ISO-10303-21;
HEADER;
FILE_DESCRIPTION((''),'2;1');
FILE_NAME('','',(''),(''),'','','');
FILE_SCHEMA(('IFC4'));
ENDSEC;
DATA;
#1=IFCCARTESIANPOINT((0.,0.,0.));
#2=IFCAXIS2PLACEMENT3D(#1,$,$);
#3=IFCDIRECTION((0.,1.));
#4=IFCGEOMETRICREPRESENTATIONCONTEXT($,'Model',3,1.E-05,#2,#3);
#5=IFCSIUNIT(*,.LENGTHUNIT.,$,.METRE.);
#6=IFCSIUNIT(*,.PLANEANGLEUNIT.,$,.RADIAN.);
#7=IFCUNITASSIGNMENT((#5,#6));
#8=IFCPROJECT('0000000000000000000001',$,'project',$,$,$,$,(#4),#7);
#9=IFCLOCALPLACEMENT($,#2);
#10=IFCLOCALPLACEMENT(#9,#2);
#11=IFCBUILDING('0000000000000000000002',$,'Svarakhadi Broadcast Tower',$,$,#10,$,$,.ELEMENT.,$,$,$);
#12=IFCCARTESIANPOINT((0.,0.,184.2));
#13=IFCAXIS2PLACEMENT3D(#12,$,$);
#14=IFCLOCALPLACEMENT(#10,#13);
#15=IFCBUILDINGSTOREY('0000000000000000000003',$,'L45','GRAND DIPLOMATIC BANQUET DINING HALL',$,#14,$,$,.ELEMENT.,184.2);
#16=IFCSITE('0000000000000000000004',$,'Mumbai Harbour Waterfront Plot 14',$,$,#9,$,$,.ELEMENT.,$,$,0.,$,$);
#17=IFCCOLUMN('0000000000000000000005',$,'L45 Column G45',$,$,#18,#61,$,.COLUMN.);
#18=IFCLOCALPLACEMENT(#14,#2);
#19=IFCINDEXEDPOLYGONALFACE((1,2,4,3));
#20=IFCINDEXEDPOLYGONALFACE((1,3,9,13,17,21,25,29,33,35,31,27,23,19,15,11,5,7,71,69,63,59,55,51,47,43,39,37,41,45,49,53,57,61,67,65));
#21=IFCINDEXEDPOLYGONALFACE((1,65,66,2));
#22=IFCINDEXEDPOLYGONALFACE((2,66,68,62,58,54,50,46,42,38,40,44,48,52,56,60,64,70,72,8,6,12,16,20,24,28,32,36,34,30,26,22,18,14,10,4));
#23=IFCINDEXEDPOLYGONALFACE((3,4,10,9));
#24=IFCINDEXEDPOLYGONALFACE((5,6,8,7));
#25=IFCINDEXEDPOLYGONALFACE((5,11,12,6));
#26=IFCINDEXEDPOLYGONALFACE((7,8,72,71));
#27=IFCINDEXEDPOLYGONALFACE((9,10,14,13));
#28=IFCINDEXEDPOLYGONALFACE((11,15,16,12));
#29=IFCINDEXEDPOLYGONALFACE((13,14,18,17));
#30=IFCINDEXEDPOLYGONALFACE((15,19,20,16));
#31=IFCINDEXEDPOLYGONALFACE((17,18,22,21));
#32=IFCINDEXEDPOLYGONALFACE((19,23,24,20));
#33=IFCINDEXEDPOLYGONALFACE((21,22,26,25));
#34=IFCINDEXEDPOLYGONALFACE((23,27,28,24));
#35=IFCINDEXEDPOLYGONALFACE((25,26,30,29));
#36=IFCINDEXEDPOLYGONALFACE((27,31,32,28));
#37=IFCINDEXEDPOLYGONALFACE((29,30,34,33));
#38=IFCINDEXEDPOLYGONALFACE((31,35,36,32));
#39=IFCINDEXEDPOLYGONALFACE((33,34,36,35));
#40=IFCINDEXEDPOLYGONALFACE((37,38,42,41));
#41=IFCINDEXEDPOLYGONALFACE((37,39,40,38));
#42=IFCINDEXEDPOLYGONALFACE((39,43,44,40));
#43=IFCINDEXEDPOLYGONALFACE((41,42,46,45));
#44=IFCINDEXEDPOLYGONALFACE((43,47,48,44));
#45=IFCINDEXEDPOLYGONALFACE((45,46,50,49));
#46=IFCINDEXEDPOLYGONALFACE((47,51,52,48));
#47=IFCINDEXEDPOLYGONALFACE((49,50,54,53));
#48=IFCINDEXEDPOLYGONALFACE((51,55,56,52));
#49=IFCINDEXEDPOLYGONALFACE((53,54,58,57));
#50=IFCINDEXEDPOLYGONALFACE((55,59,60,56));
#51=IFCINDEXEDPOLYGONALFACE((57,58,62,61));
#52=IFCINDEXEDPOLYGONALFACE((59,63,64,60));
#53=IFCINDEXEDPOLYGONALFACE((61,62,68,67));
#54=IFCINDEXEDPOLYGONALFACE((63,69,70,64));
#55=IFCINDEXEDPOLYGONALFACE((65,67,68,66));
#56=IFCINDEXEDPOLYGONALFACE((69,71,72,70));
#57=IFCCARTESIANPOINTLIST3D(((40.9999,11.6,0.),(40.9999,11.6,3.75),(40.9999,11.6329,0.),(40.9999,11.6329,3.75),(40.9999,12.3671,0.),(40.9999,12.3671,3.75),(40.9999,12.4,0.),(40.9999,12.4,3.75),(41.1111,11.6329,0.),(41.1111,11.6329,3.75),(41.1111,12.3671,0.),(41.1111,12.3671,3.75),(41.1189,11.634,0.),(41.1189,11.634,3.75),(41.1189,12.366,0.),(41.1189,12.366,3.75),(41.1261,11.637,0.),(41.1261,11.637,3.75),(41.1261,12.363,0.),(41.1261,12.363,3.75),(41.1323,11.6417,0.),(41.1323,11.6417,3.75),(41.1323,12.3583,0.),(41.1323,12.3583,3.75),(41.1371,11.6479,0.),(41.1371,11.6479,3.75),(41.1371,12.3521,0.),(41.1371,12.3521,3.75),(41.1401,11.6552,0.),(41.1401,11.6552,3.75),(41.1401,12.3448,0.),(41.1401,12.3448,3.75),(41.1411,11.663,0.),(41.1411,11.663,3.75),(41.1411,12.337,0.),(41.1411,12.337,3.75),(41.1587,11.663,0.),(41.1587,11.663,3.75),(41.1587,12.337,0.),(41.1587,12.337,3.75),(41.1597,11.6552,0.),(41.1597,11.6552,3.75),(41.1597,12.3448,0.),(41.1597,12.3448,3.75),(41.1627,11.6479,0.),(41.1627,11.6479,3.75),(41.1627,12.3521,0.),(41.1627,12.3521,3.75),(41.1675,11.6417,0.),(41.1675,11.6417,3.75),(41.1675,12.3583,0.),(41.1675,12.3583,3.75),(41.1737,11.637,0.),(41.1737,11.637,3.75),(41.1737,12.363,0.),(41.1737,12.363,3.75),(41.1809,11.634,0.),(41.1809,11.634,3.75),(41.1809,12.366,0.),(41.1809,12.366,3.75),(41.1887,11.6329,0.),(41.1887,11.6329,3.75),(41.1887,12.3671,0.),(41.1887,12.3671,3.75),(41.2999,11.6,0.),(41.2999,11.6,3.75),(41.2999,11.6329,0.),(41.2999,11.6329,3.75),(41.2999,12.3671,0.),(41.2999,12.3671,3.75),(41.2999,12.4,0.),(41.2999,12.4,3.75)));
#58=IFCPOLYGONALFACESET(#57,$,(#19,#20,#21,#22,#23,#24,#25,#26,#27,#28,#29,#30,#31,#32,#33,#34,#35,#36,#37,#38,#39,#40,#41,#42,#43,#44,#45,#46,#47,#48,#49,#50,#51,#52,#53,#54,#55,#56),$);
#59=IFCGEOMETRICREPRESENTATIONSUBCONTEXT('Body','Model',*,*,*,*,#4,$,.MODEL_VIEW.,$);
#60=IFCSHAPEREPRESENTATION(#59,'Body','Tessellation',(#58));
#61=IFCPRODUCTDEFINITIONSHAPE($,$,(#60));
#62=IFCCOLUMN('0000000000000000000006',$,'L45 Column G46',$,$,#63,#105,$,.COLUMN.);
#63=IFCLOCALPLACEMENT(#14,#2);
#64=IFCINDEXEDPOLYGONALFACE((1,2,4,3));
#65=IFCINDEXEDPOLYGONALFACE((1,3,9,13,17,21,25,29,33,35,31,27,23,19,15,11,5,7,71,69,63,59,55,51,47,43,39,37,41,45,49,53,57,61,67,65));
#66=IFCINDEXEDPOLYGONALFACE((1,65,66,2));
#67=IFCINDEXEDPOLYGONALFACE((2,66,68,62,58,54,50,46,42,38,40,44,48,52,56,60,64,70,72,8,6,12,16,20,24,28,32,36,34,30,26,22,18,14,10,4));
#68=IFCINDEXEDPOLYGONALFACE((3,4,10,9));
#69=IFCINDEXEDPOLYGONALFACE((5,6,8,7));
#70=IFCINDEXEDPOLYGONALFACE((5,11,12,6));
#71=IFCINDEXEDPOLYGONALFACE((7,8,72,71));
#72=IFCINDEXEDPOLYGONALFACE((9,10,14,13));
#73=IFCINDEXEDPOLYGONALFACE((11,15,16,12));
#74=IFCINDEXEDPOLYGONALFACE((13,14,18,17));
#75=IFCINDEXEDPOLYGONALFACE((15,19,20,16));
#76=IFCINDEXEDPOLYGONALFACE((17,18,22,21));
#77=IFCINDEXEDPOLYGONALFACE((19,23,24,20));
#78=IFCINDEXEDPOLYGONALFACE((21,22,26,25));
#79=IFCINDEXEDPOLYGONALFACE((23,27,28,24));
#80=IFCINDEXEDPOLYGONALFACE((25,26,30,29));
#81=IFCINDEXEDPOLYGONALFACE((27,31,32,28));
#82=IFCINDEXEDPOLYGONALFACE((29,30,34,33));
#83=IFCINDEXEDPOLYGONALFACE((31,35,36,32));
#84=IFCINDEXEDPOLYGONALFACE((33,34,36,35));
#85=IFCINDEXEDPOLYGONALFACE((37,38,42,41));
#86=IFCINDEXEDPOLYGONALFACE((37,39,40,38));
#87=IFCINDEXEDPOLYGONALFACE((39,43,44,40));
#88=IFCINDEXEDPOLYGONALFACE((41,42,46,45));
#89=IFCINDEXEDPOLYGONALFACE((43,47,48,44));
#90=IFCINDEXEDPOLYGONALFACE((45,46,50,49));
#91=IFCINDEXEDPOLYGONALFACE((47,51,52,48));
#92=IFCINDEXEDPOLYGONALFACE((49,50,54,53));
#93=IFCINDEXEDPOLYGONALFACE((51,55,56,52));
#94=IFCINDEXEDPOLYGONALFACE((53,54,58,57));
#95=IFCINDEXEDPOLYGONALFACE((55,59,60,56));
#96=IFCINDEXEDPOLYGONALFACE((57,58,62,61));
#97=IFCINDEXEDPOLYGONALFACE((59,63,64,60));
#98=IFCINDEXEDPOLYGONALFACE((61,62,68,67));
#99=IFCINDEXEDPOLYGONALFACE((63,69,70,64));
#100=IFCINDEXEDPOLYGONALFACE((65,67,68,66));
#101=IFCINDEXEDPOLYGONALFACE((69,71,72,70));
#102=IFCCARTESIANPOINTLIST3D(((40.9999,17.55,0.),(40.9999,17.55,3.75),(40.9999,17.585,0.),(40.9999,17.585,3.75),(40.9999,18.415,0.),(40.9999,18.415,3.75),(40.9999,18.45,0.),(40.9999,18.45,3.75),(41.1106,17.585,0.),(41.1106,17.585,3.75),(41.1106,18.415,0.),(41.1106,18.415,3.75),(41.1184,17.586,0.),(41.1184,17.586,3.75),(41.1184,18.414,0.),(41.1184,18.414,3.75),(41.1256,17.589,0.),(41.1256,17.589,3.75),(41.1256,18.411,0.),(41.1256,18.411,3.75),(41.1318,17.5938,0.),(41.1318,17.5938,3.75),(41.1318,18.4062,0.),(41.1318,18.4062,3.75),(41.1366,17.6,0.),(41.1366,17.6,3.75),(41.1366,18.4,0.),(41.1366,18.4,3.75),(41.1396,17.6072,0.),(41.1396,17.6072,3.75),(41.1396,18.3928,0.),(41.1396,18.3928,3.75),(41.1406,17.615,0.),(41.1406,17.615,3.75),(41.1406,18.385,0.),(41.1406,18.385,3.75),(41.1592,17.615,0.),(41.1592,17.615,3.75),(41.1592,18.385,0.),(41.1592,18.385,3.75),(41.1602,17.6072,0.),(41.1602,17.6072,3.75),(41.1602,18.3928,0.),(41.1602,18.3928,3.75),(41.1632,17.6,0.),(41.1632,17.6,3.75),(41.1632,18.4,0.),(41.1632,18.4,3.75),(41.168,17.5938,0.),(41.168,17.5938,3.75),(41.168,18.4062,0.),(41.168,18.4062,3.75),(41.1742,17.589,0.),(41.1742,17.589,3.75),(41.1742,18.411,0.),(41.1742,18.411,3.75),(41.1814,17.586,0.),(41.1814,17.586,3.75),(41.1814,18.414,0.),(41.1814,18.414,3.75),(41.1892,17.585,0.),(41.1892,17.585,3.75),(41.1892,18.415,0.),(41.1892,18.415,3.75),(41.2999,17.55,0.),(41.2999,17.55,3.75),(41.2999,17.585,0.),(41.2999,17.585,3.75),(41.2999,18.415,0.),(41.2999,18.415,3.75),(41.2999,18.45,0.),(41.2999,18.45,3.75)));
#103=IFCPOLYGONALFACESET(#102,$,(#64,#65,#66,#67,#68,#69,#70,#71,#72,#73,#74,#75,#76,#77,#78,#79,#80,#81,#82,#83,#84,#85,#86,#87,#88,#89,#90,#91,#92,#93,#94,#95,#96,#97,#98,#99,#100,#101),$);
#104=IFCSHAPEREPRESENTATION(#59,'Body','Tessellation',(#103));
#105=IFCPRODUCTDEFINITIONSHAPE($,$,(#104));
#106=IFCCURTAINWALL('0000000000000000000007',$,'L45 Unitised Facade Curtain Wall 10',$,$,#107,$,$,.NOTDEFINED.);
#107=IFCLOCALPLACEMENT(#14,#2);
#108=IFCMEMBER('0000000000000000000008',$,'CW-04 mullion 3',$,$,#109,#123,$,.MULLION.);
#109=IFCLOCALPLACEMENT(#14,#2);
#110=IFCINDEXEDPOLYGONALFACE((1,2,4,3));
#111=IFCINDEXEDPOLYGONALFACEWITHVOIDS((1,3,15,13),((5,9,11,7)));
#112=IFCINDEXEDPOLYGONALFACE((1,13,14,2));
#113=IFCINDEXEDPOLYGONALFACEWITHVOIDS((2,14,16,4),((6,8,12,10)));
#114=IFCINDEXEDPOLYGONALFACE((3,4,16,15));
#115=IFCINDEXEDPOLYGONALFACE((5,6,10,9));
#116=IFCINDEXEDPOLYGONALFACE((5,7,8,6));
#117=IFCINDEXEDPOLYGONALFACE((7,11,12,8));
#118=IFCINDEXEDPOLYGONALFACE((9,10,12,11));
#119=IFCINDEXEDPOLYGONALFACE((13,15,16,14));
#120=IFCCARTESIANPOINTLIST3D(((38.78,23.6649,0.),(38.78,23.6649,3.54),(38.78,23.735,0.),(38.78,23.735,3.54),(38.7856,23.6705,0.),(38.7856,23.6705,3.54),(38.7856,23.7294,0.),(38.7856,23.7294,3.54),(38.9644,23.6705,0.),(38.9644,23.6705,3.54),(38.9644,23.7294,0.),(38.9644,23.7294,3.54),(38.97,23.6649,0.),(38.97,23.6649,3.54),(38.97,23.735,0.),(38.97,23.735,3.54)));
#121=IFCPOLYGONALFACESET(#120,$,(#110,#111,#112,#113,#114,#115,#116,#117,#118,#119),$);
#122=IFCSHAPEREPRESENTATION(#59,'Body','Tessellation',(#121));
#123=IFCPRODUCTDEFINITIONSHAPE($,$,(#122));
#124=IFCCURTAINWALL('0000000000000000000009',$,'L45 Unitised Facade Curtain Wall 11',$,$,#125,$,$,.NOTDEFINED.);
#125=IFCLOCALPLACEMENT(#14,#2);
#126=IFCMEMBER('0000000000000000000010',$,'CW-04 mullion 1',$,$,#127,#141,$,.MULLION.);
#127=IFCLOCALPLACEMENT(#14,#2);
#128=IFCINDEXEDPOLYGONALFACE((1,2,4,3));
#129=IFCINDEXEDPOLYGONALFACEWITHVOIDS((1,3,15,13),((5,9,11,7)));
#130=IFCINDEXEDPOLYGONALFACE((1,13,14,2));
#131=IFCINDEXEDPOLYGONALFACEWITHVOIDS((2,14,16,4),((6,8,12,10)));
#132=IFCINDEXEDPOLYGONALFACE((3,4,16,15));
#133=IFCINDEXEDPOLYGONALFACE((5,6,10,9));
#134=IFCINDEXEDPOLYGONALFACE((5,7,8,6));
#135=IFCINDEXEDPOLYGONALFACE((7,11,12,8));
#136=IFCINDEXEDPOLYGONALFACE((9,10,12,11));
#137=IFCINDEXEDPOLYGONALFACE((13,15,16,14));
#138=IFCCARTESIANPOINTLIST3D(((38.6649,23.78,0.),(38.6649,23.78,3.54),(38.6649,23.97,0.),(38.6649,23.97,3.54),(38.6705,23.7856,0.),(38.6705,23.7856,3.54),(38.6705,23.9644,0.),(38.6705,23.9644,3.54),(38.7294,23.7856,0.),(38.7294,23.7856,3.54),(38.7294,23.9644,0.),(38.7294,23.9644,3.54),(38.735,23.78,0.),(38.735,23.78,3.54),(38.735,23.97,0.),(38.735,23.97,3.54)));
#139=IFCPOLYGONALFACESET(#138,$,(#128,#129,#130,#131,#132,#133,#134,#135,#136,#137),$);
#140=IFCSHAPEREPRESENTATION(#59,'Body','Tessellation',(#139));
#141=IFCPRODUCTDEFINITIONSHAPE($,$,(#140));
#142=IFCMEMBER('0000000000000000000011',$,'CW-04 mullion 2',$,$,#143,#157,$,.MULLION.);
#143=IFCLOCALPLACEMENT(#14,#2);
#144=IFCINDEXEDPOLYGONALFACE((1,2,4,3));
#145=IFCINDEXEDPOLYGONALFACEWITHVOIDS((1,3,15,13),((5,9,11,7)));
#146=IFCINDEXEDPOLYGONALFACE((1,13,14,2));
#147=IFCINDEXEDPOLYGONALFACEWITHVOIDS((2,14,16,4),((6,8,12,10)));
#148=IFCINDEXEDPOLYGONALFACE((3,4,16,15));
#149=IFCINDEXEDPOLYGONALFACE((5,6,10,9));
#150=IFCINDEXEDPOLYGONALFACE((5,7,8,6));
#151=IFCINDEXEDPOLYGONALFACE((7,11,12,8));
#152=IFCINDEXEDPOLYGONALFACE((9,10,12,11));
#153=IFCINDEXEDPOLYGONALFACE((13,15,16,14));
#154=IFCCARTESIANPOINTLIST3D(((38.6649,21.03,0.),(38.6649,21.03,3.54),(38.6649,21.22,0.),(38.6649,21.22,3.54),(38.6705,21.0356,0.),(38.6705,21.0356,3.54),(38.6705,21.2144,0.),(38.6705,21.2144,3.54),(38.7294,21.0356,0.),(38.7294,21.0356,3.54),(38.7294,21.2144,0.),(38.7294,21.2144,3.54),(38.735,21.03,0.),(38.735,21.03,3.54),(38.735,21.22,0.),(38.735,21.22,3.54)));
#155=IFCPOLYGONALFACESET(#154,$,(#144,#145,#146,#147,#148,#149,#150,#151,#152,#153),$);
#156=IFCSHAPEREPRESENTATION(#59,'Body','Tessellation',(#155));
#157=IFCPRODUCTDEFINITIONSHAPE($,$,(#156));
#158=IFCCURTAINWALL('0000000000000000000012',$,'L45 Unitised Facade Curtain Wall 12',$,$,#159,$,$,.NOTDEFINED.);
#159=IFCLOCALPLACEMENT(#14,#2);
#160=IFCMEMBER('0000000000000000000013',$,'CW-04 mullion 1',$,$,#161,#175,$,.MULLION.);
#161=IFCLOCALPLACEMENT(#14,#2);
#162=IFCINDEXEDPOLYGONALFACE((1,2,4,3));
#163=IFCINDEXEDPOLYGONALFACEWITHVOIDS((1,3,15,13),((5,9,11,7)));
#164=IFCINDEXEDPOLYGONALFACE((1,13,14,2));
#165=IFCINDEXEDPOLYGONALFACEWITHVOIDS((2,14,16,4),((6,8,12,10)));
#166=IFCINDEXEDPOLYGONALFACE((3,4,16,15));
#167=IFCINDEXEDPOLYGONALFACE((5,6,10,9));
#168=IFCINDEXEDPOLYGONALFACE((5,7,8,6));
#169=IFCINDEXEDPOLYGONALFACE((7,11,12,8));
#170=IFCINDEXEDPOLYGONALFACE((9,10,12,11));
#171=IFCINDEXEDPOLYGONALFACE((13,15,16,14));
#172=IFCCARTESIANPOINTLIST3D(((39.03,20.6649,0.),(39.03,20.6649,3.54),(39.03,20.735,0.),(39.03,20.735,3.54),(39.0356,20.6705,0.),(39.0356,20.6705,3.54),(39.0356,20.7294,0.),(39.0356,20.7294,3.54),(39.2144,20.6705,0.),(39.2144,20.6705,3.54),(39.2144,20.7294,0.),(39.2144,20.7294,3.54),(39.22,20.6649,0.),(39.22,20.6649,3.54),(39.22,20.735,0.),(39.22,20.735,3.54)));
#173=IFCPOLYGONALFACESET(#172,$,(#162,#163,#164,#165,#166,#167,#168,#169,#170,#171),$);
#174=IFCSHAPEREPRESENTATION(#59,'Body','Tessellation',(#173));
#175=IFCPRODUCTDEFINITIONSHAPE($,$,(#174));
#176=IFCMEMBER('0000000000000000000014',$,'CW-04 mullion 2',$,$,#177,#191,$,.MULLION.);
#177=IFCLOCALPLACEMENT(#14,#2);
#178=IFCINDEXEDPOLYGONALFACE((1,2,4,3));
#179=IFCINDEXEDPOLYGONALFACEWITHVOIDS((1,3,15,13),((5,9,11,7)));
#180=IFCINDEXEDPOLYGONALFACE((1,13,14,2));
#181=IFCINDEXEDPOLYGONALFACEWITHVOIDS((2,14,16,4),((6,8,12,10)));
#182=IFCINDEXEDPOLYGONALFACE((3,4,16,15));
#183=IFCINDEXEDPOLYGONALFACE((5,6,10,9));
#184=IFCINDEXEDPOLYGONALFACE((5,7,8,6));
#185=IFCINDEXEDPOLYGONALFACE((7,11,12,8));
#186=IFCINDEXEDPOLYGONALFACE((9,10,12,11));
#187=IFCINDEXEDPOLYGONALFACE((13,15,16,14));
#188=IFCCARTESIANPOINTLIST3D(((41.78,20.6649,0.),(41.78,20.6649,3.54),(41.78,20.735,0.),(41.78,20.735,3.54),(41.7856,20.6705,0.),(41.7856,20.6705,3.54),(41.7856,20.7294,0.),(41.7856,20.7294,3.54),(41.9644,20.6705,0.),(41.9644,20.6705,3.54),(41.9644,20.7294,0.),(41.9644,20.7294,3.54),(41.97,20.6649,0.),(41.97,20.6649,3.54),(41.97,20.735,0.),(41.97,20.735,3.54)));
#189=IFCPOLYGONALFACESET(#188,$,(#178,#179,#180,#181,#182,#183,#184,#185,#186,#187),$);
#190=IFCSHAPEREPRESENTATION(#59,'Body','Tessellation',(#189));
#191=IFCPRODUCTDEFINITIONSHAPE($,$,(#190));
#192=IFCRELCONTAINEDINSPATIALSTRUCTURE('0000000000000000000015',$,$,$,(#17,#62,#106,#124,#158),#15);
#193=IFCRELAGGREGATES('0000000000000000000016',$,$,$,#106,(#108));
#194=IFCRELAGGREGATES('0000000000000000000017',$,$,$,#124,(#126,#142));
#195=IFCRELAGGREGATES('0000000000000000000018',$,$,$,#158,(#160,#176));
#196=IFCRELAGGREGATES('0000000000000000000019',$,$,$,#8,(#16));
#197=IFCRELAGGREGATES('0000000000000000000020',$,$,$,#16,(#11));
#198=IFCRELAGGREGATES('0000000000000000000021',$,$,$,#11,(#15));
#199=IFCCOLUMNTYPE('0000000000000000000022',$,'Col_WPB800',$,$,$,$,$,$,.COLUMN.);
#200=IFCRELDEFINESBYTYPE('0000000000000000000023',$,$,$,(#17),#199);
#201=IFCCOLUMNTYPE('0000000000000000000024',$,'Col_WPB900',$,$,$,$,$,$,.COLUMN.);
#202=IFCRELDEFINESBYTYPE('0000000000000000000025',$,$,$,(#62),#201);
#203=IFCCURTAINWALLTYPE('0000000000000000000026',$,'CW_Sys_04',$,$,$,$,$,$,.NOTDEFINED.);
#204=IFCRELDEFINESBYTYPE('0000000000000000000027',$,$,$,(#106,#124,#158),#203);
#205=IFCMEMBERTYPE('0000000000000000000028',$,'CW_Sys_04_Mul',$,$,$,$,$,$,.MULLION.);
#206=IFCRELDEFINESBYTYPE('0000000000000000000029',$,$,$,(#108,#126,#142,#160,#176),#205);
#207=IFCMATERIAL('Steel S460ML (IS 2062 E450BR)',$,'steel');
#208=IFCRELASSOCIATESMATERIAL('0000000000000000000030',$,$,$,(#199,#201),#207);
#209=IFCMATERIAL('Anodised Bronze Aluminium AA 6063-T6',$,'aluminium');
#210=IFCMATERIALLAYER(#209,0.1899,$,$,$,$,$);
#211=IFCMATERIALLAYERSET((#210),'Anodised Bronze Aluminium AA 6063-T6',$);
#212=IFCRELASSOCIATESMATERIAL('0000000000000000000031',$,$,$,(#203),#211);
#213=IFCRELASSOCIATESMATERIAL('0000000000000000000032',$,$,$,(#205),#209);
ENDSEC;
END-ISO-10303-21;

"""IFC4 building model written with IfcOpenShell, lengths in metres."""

from ifc_helpers import new_model, si_unit, direction, frame, origin, origin_2d, place, context, subcontext, project, spatial, hollow_rectangle, i_section, extrude, material, layer, layer_set, material_profile, profile_set, type_object, element, aggregate, save


model = new_model("IFC4")

# Units and contexts
model_context = context("Model", 3, precision=1e-05, world=origin(), true_north=direction((0.0, 1.0)))
body_context = subcontext(model_context, "Body", "Model", "MODEL_VIEW")
ifc_project = project(units=[si_unit("LENGTHUNIT", "METRE"), si_unit("PLANEANGLEUNIT", "RADIAN")], contexts=[model_context])

# Site, building, storey
site_placement = place(None, origin())
site = spatial("IfcSite", under=ifc_project, at=site_placement, Name="Mumbai Harbour Waterfront Plot 14", CompositionType="ELEMENT", RefElevation=0.0)
building_placement = place(site_placement, origin())
building = spatial("IfcBuilding", under=site, at=building_placement, Name="Svarakhadi Broadcast Tower", CompositionType="ELEMENT")
storey_placement = place(building_placement, frame((0.0, 0.0, 184.2)))
storey = spatial("IfcBuildingStorey", under=building, at=storey_placement, Name="L45", Description="GRAND DIPLOMATIC BANQUET DINING HALL", CompositionType="ELEMENT", Elevation=184.2)

# Columns
ifc_material_1 = material(Name="Steel S460ML (IS 2062 E450BR)", Category="steel")
ifc_material_profile_1 = material_profile(ifc_material_1, i_section(OverallWidth=0.3, OverallDepth=0.8, WebThickness=0.0176, FlangeThickness=0.033, FilletRadius=0.03, at=origin_2d()), Name="WPB 800x300x262")
ifc_profile_set_1 = profile_set([ifc_material_profile_1], Name="Steel S460ML (IS 2062 E450BR)")
column_type_1 = type_object("IfcColumnType", Name="Col_WPB800", PredefinedType="COLUMN", material=ifc_profile_set_1)
column_1_placement = place(storey_placement, frame((41.1499, 12.0, 0.0), z_axis=(0.0, 0.0, 1.0), x_axis=(1.0, 0.0, 0.0)))
element("IfcColumn", 1, at=column_1_placement, inside=storey, type_object=column_type_1, Name="L45 Column G45", PredefinedType="COLUMN", context=body_context, shape_type="SweptSolid", body=[
    extrude(i_section(OverallWidth=0.3, OverallDepth=0.8, WebThickness=0.0176, FlangeThickness=0.033, FilletRadius=0.03, at=origin_2d()), origin(), (0.0, 0.0, 1.0), 3.75),
])
ifc_material_profile_2 = material_profile(ifc_material_1, i_section(OverallWidth=0.3, OverallDepth=0.8999, WebThickness=0.0186, FlangeThickness=0.0349, FilletRadius=0.03, at=origin_2d()), Name="WPB 900x300x291")
ifc_profile_set_2 = profile_set([ifc_material_profile_2], Name="Steel S460ML (IS 2062 E450BR)")
column_type_2 = type_object("IfcColumnType", Name="Col_WPB900", PredefinedType="COLUMN", material=ifc_profile_set_2)
column_2_placement = place(storey_placement, frame((41.1499, 18.0, 0.0), z_axis=(0.0, 0.0, 1.0), x_axis=(1.0, 0.0, 0.0)))
element("IfcColumn", 2, at=column_2_placement, inside=storey, type_object=column_type_2, Name="L45 Column G46", PredefinedType="COLUMN", context=body_context, shape_type="SweptSolid", body=[
    extrude(i_section(OverallWidth=0.3, OverallDepth=0.8999, WebThickness=0.0186, FlangeThickness=0.0349, FilletRadius=0.03, at=origin_2d()), origin(), (0.0, 0.0, 1.0), 3.75),
])

# Curtain wall, member
ifc_material_2 = material(Name="Anodised Bronze Aluminium AA 6063-T6", Category="aluminium")
ifc_layer_1 = layer(ifc_material_2, 0.1899)
ifc_layer_set_1 = layer_set([ifc_layer_1], Name="Anodised Bronze Aluminium AA 6063-T6")
curtain_wall_type = type_object("IfcCurtainWallType", Name="CW_Sys_04", PredefinedType="NOTDEFINED", material=ifc_layer_set_1)
curtain_wall_1_placement = place(storey_placement, origin())
curtain_wall_1 = element("IfcCurtainWall", 3, at=curtain_wall_1_placement, inside=storey, type_object=curtain_wall_type, Name="L45 Unitised Facade Curtain Wall 10", PredefinedType="NOTDEFINED")
ifc_material_profile_3 = material_profile(ifc_material_2, hollow_rectangle(XDim=0.0701, YDim=0.1899, WallThickness=0.0056, at=origin_2d()), Name="ALU MULLION 190x70x6")
ifc_profile_set_3 = profile_set([ifc_material_profile_3], Name="Anodised Bronze Aluminium AA 6063-T6")
member_type_1 = type_object("IfcMemberType", Name="CW_Sys_04_Mul", PredefinedType="MULLION", material=ifc_profile_set_3)
member_1_placement = place(storey_placement, frame((38.875, 23.7, 0.0), z_axis=(0.0, 0.0, 1.0), x_axis=(0.0, 1.0, 0.0)))
member_1 = element("IfcMember", 4, at=member_1_placement, type_object=member_type_1, Name="CW-04 mullion 3", PredefinedType="MULLION", context=body_context, shape_type="SweptSolid", body=[
    extrude(hollow_rectangle(XDim=0.0701, YDim=0.1899, WallThickness=0.0056, at=origin_2d()), origin(), (0.0, 0.0, 1.0), 3.54),
])
aggregate(curtain_wall_1, [member_1])

# Curtain walls, members
curtain_wall_2_placement = place(storey_placement, origin())
curtain_wall_2 = element("IfcCurtainWall", 5, at=curtain_wall_2_placement, inside=storey, type_object=curtain_wall_type, Name="L45 Unitised Facade Curtain Wall 11", PredefinedType="NOTDEFINED")
member_2_placement = place(storey_placement, frame((38.7, 23.875, 0.0), z_axis=(0.0, 0.0, 1.0), x_axis=(1.0, 0.0, 0.0)))
member_2 = element("IfcMember", 6, at=member_2_placement, type_object=member_type_1, Name="CW-04 mullion 1", PredefinedType="MULLION", context=body_context, shape_type="SweptSolid", body=[
    extrude(hollow_rectangle(XDim=0.0701, YDim=0.1899, WallThickness=0.0056, at=origin_2d()), origin(), (0.0, 0.0, 1.0), 3.54),
])
member_3_placement = place(storey_placement, frame((38.7, 21.125, 0.0), z_axis=(0.0, 0.0, 1.0), x_axis=(1.0, 0.0, 0.0)))
member_3 = element("IfcMember", 7, at=member_3_placement, type_object=member_type_1, Name="CW-04 mullion 2", PredefinedType="MULLION", context=body_context, shape_type="SweptSolid", body=[
    extrude(hollow_rectangle(XDim=0.0701, YDim=0.1899, WallThickness=0.0056, at=origin_2d()), origin(), (0.0, 0.0, 1.0), 3.54),
])
curtain_wall_3_placement = place(storey_placement, origin())
curtain_wall_3 = element("IfcCurtainWall", 8, at=curtain_wall_3_placement, inside=storey, type_object=curtain_wall_type, Name="L45 Unitised Facade Curtain Wall 12", PredefinedType="NOTDEFINED")
member_4_placement = place(storey_placement, frame((39.125, 20.7, 0.0), z_axis=(0.0, 0.0, 1.0), x_axis=(0.0, 1.0, 0.0)))
member_4 = element("IfcMember", 9, at=member_4_placement, type_object=member_type_1, Name="CW-04 mullion 1", PredefinedType="MULLION", context=body_context, shape_type="SweptSolid", body=[
    extrude(hollow_rectangle(XDim=0.0701, YDim=0.1899, WallThickness=0.0056, at=origin_2d()), origin(), (0.0, 0.0, 1.0), 3.54),
])
member_5_placement = place(storey_placement, frame((41.875, 20.7, 0.0), z_axis=(0.0, 0.0, 1.0), x_axis=(0.0, 1.0, 0.0)))
member_5 = element("IfcMember", 10, at=member_5_placement, type_object=member_type_1, Name="CW-04 mullion 2", PredefinedType="MULLION", context=body_context, shape_type="SweptSolid", body=[
    extrude(hollow_rectangle(XDim=0.0701, YDim=0.1899, WallThickness=0.0056, at=origin_2d()), origin(), (0.0, 0.0, 1.0), 3.54),
])

aggregate(curtain_wall_2, [member_2, member_3])
aggregate(curtain_wall_3, [member_4, member_5])

save(model, "model.ifc")
